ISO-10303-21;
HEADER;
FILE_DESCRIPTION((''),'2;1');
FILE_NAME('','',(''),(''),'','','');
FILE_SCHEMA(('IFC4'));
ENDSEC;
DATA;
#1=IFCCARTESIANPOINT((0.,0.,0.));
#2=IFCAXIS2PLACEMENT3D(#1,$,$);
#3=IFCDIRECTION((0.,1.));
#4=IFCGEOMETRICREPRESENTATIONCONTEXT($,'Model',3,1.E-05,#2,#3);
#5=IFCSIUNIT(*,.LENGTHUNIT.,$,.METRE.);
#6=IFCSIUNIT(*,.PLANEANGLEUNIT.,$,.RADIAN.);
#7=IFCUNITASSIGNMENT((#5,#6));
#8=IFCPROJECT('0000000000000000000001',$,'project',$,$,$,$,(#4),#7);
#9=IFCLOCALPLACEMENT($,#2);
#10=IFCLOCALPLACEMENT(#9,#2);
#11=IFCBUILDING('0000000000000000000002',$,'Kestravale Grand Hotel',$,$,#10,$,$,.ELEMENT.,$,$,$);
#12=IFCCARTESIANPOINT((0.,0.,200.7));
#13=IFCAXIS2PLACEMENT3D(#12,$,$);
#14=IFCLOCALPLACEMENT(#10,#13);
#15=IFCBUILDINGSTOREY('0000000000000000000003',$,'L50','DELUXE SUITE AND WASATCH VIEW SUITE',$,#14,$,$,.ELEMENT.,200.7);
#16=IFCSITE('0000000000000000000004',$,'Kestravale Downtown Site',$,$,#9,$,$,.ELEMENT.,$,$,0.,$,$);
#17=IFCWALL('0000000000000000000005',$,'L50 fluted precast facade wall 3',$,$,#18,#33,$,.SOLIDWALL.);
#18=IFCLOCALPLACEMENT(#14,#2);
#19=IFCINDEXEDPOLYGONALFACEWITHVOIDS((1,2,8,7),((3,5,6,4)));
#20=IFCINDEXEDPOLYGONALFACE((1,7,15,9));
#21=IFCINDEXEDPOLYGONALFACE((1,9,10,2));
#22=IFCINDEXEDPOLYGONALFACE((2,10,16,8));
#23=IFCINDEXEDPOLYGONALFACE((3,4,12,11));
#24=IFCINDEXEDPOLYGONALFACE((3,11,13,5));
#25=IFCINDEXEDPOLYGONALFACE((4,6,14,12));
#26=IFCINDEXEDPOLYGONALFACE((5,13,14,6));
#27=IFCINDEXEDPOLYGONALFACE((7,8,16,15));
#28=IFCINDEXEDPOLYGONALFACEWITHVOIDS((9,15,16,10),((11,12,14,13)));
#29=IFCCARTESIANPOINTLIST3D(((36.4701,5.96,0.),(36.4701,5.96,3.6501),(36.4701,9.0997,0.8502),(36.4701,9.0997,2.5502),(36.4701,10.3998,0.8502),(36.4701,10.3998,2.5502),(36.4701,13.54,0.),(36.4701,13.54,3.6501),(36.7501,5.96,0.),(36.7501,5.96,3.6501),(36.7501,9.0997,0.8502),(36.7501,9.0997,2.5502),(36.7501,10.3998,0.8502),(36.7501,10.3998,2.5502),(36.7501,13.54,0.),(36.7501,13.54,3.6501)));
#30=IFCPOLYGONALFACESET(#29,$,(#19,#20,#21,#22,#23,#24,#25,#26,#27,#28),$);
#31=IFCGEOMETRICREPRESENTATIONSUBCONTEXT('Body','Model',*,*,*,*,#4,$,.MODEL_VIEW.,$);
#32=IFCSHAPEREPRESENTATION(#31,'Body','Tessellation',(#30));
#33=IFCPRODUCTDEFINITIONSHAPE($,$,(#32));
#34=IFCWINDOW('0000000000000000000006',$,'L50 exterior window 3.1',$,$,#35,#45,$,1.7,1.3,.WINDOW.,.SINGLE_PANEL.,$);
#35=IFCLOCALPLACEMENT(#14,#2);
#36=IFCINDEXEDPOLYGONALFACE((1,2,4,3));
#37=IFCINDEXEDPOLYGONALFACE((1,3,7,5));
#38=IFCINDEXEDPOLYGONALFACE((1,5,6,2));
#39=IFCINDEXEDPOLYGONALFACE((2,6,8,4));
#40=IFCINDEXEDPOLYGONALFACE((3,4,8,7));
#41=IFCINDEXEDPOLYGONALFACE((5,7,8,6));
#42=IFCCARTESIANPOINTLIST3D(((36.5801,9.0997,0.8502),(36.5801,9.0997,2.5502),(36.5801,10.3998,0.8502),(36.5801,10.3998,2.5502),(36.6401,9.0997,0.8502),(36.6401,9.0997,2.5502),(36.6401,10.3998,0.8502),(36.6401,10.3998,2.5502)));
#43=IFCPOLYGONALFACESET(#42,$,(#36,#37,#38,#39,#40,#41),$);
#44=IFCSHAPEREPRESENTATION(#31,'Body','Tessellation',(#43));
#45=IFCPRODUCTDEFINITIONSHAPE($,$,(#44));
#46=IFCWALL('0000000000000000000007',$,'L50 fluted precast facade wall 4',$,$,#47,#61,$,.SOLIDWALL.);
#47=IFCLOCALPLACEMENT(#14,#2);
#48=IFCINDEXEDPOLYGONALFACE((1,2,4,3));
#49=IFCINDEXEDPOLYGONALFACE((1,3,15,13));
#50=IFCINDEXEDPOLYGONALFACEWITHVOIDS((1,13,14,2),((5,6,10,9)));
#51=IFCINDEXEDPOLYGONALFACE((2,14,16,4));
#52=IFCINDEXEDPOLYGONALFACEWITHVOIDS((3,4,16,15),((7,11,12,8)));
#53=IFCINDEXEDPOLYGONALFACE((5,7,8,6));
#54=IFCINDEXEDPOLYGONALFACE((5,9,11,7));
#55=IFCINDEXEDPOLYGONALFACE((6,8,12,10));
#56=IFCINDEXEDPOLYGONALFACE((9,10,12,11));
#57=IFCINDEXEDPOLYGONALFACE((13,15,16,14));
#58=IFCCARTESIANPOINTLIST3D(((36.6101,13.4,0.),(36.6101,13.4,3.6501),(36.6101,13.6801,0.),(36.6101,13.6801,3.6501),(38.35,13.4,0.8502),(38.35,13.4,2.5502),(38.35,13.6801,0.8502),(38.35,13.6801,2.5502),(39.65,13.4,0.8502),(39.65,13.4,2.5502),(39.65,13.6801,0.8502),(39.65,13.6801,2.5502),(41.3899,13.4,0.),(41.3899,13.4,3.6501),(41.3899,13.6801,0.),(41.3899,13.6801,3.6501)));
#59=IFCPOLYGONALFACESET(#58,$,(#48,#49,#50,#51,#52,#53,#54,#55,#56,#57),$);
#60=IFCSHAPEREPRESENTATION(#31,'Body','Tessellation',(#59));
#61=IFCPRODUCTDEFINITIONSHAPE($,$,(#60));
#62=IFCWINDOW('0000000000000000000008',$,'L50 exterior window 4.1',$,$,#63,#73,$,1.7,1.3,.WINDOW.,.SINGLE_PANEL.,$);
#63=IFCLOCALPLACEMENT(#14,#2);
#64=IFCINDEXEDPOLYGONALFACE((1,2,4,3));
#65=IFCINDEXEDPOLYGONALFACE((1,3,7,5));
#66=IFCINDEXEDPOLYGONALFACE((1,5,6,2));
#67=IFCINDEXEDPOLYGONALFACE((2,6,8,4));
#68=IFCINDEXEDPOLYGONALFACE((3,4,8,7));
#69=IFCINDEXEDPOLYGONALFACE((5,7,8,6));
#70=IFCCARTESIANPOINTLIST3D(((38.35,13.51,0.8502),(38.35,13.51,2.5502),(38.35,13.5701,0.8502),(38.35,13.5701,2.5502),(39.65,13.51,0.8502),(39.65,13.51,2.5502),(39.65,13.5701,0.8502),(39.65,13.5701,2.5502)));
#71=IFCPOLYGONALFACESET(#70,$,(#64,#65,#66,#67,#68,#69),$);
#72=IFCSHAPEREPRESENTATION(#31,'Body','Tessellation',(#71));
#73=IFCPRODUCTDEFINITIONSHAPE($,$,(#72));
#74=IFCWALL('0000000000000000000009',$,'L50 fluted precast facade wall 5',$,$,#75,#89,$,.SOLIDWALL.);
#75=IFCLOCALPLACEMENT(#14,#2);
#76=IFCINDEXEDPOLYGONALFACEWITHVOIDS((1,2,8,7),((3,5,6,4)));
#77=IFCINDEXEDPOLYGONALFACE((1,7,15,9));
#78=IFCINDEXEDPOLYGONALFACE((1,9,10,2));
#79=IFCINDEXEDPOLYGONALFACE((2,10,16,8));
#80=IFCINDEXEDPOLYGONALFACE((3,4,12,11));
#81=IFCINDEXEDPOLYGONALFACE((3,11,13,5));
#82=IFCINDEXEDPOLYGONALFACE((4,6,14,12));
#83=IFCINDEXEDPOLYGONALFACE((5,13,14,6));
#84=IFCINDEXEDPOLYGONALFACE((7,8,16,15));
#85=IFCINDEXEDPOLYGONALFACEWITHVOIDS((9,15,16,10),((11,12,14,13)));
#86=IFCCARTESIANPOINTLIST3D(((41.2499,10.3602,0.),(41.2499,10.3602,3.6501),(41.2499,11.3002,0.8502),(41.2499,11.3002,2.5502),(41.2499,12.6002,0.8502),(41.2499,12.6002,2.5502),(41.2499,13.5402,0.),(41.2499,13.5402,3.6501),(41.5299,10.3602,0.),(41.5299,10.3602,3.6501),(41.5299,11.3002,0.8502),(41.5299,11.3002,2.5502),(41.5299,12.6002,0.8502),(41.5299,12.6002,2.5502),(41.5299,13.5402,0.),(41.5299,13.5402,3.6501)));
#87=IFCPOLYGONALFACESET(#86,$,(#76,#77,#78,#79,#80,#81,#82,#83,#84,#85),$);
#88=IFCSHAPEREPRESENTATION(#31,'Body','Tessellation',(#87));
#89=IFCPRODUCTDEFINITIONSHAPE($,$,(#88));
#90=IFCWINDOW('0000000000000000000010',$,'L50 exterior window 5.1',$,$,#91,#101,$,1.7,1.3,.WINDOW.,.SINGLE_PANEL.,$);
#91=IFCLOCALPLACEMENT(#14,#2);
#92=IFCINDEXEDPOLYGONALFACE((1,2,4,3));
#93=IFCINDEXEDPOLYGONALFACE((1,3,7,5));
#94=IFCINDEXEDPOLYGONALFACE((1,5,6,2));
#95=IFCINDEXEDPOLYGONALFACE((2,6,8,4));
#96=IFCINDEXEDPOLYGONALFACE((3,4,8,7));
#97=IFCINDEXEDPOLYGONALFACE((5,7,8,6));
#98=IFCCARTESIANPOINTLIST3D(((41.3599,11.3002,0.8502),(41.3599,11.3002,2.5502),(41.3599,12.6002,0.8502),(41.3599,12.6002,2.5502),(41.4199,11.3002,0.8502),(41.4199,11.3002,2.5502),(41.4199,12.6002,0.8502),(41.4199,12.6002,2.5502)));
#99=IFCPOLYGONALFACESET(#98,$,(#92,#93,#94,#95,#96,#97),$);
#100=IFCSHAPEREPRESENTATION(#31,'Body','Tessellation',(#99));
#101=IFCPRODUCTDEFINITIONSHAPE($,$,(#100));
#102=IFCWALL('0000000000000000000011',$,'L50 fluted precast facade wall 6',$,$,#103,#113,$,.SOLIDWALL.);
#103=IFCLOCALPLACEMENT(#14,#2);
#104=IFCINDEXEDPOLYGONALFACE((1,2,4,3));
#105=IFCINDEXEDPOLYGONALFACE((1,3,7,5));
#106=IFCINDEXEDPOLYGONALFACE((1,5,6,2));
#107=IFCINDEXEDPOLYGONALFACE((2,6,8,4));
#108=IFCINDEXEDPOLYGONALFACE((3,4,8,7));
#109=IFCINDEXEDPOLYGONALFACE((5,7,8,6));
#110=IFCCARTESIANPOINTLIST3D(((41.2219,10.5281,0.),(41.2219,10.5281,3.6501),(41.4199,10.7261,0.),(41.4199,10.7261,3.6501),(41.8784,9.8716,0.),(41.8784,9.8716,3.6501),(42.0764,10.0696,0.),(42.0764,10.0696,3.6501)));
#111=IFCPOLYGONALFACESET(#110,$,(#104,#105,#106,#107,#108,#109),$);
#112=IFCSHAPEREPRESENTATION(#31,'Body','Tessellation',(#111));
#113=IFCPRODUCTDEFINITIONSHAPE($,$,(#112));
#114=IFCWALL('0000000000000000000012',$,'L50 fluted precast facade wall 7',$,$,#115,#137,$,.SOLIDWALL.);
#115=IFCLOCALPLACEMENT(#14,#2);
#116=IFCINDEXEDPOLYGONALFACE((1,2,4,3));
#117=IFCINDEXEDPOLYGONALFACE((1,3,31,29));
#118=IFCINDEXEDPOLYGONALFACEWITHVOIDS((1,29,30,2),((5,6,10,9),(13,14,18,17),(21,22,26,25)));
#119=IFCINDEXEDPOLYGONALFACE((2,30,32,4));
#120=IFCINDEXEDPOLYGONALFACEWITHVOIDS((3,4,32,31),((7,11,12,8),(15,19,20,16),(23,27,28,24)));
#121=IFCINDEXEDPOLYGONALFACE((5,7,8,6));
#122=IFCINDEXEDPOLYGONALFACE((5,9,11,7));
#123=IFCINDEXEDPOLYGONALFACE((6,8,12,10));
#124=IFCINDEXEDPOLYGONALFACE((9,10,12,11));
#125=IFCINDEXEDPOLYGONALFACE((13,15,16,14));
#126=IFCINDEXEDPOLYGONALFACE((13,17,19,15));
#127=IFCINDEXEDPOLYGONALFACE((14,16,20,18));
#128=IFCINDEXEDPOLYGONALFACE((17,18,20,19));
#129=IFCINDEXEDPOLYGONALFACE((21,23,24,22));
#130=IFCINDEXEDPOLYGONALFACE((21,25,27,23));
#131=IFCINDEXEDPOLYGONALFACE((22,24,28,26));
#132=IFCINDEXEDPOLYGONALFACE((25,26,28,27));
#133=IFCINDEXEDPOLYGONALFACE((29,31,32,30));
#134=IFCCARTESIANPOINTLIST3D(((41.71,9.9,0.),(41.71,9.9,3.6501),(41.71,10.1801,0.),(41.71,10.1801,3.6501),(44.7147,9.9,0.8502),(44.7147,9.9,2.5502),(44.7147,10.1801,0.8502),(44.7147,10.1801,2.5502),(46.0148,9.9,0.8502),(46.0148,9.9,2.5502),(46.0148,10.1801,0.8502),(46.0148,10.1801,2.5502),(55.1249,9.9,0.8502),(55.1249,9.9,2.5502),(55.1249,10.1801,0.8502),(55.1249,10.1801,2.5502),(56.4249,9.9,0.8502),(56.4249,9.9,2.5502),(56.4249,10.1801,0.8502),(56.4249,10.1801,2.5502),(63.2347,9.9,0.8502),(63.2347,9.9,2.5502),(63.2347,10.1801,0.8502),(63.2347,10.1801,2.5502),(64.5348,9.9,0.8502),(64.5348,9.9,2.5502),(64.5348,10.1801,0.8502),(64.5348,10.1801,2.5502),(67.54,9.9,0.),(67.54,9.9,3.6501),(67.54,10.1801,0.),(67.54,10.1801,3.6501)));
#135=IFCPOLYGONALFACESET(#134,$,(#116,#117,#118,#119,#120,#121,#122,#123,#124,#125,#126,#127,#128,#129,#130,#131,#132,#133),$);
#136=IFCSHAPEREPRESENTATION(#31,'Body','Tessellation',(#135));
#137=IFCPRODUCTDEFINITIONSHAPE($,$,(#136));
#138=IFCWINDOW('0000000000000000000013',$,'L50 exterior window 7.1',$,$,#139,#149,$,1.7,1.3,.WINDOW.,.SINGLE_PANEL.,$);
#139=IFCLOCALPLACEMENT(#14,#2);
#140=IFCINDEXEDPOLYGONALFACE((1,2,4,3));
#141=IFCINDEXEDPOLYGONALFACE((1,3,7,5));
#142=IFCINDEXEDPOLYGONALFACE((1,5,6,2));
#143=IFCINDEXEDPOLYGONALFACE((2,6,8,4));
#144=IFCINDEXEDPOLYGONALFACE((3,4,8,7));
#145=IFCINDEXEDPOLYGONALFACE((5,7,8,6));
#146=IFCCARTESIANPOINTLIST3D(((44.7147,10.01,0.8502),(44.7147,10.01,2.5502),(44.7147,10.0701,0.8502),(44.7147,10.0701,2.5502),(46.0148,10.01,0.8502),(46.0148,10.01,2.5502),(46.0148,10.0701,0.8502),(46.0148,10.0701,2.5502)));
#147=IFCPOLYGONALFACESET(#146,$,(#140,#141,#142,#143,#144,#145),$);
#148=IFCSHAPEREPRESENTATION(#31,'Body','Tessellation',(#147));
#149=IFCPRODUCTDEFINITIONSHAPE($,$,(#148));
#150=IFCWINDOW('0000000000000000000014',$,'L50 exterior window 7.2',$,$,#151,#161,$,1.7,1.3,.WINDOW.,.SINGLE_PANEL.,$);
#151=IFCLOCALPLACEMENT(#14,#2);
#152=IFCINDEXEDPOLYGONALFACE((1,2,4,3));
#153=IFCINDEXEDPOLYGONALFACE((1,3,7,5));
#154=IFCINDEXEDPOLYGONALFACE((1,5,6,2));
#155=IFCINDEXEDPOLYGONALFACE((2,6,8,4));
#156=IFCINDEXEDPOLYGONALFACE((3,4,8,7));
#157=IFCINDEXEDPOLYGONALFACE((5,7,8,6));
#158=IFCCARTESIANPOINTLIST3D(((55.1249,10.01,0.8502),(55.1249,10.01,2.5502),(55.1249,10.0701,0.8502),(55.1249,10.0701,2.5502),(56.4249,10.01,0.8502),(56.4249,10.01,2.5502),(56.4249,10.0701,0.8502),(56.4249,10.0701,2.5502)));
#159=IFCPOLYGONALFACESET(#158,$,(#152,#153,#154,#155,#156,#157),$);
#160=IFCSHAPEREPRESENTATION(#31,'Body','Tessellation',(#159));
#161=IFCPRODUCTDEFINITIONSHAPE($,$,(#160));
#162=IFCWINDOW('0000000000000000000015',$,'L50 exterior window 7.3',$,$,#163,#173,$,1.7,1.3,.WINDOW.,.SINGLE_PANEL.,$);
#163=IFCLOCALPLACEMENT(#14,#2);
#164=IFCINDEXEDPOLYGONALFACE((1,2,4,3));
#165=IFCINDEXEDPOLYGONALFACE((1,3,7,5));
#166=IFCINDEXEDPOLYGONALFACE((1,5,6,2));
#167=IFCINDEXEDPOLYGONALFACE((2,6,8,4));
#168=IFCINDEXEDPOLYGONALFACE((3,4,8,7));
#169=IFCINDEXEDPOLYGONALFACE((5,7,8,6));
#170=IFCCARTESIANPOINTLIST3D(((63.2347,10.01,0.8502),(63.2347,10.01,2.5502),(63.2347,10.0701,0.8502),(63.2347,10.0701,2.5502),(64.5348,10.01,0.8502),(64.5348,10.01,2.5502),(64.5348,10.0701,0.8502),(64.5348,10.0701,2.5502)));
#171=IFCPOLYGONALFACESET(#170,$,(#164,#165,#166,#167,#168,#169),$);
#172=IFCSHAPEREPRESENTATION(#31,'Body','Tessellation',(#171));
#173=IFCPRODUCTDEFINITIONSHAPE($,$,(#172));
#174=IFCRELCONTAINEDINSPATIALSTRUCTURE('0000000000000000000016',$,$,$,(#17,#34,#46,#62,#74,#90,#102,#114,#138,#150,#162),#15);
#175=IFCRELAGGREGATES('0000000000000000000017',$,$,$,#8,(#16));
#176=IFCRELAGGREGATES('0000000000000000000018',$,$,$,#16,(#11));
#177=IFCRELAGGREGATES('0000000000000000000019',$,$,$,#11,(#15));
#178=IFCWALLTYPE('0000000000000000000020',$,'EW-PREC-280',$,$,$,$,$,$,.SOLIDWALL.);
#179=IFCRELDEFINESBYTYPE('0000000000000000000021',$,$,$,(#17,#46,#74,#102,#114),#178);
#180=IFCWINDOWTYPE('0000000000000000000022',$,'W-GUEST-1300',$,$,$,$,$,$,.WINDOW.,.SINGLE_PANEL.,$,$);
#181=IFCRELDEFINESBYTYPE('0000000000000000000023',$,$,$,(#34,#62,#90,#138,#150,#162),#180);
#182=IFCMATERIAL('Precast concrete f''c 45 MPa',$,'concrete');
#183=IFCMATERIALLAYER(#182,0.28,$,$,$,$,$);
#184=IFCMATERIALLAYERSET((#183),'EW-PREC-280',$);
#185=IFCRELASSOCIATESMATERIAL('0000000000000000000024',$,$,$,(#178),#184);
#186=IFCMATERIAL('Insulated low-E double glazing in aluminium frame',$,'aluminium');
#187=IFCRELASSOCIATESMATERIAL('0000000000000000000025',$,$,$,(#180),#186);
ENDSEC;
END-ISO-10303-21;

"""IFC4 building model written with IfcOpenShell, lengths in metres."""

from ifc_helpers import new_model, si_unit, direction, frame, frame_2d, origin, place, context, subcontext, project, spatial, rectangle, extrude, material, layer, layer_set, type_object, element, fill, save


model = new_model("IFC4")

# Units and contexts
model_context = context("Model", 3, precision=1e-05, world=origin(), true_north=direction((0.0, 1.0)))
body_context = subcontext(model_context, "Body", "Model", "MODEL_VIEW")
ifc_project = project(units=[si_unit("LENGTHUNIT", "METRE"), si_unit("PLANEANGLEUNIT", "RADIAN")], contexts=[model_context])

# Site, building, storey
site_placement = place(None, origin())
site = spatial("IfcSite", under=ifc_project, at=site_placement, Name="Kestravale Downtown Site", CompositionType="ELEMENT", RefElevation=0.0)
building_placement = place(site_placement, origin())
building = spatial("IfcBuilding", under=site, at=building_placement, Name="Kestravale Grand Hotel", CompositionType="ELEMENT")
storey_placement = place(building_placement, frame((0.0, 0.0, 200.7)))
storey = spatial("IfcBuildingStorey", under=building, at=storey_placement, Name="L50", Description="DELUXE SUITE AND WASATCH VIEW SUITE", CompositionType="ELEMENT", Elevation=200.7)

# Shared definitions
ifc_material_1 = material(Name="Precast concrete f'c 45 MPa", Category="concrete")
ifc_layer_1 = layer(ifc_material_1, 0.28)
ifc_layer_set_1 = layer_set([ifc_layer_1], Name="EW-PREC-280")
wall_type_1 = type_object("IfcWallType", Name="EW-PREC-280", PredefinedType="SOLIDWALL", material=ifc_layer_set_1)

# Walls, openings, windows
wall_1_placement = place(storey_placement, frame((36.6101, 5.96, 0.0), z_axis=(0.0, 0.0, 1.0), x_axis=(0.0, 1.0, 0.0)))
wall_1 = element("IfcWall", 1, at=wall_1_placement, inside=storey, type_object=wall_type_1, Name="L50 fluted precast facade wall 3", PredefinedType="SOLIDWALL", context=body_context, shape_type="SweptSolid", body=[
    extrude(rectangle(XDim=7.5801, YDim=0.28, at=frame_2d((3.79, 0.0))), origin(), (0.0, 0.0, 1.0), 3.6501),
])
opening_1_placement = place(wall_1_placement, frame((3.1399, 0.0, 0.8501)))
opening_1 = element("IfcOpeningElement", 2, at=opening_1_placement, cuts=wall_1, PredefinedType="OPENING", context=body_context, shape_type="SweptSolid", body=[
    extrude(rectangle(XDim=1.3, YDim=1.7, at=frame_2d((0.6499, 0.8501))), frame((0.0, 0.1499, 0.0), z_axis=(0.0, -1.0, 0.0), x_axis=(1.0, 0.0, 0.0)), (0.0, 0.0, 1.0), 0.3),
])
ifc_material_2 = material(Name="Insulated low-E double glazing in aluminium frame", Category="aluminium")
window_type = type_object("IfcWindowType", Name="W-GUEST-1300", PartitioningType="SINGLE_PANEL", PredefinedType="WINDOW", material=ifc_material_2)
window_1_placement = place(opening_1_placement, origin())
window_1 = element("IfcWindow", 3, at=window_1_placement, inside=storey, type_object=window_type, Name="L50 exterior window 3.1", OverallHeight=1.7, OverallWidth=1.3, PartitioningType="SINGLE_PANEL", PredefinedType="WINDOW", context=body_context, shape_type="SweptSolid", body=[
    extrude(rectangle(XDim=1.3, YDim=1.7, at=frame_2d((0.6499, 0.8501))), frame((0.0, 0.03, 0.0), z_axis=(0.0, -1.0, 0.0), x_axis=(1.0, 0.0, 0.0)), (0.0, 0.0, 1.0), 0.0601),
])
fill(opening_1, window_1)
wall_2_placement = place(storey_placement, frame((36.6101, 13.54, 0.0), z_axis=(0.0, 0.0, 1.0), x_axis=(1.0, 0.0, 0.0)))
wall_2 = element("IfcWall", 4, at=wall_2_placement, inside=storey, type_object=wall_type_1, Name="L50 fluted precast facade wall 4", PredefinedType="SOLIDWALL", context=body_context, shape_type="SweptSolid", body=[
    extrude(rectangle(XDim=4.7798, YDim=0.28, at=frame_2d((2.3899, 0.0))), origin(), (0.0, 0.0, 1.0), 3.6501),
])
opening_2_placement = place(wall_2_placement, frame((1.74, 0.0, 0.8501)))
opening_2 = element("IfcOpeningElement", 5, at=opening_2_placement, cuts=wall_2, PredefinedType="OPENING", context=body_context, shape_type="SweptSolid", body=[
    extrude(rectangle(XDim=1.3, YDim=1.7, at=frame_2d((0.6499, 0.8501))), frame((0.0, 0.1499, 0.0), z_axis=(0.0, -1.0, 0.0), x_axis=(1.0, 0.0, 0.0)), (0.0, 0.0, 1.0), 0.3),
])
window_2_placement = place(opening_2_placement, origin())
window_2 = element("IfcWindow", 6, at=window_2_placement, inside=storey, type_object=window_type, Name="L50 exterior window 4.1", OverallHeight=1.7, OverallWidth=1.3, PartitioningType="SINGLE_PANEL", PredefinedType="WINDOW", context=body_context, shape_type="SweptSolid", body=[
    extrude(rectangle(XDim=1.3, YDim=1.7, at=frame_2d((0.6499, 0.8501))), frame((0.0, 0.03, 0.0), z_axis=(0.0, -1.0, 0.0), x_axis=(1.0, 0.0, 0.0)), (0.0, 0.0, 1.0), 0.0601),
])
fill(opening_2, window_2)
wall_3_placement = place(storey_placement, frame((41.3899, 13.54, 0.0), z_axis=(0.0, 0.0, 1.0), x_axis=(0.0, -1.0, 0.0)))
wall_3 = element("IfcWall", 7, at=wall_3_placement, inside=storey, type_object=wall_type_1, Name="L50 fluted precast facade wall 5", PredefinedType="SOLIDWALL", context=body_context, shape_type="SweptSolid", body=[
    extrude(rectangle(XDim=3.1799, YDim=0.28, at=frame_2d((1.5898, 0.0))), origin(), (0.0, 0.0, 1.0), 3.6501),
])
opening_3_placement = place(wall_3_placement, frame((0.9399, 0.0, 0.8501)))
opening_3 = element("IfcOpeningElement", 8, at=opening_3_placement, cuts=wall_3, PredefinedType="OPENING", context=body_context, shape_type="SweptSolid", body=[
    extrude(rectangle(XDim=1.3, YDim=1.7, at=frame_2d((0.6499, 0.8501))), frame((0.0, 0.1499, 0.0), z_axis=(0.0, -1.0, 0.0), x_axis=(1.0, 0.0, 0.0)), (0.0, 0.0, 1.0), 0.3),
])
window_3_placement = place(opening_3_placement, origin())
window_3 = element("IfcWindow", 9, at=window_3_placement, inside=storey, type_object=window_type, Name="L50 exterior window 5.1", OverallHeight=1.7, OverallWidth=1.3, PartitioningType="SINGLE_PANEL", PredefinedType="WINDOW", context=body_context, shape_type="SweptSolid", body=[
    extrude(rectangle(XDim=1.3, YDim=1.7, at=frame_2d((0.6499, 0.8501))), frame((0.0, 0.03, 0.0), z_axis=(0.0, -1.0, 0.0), x_axis=(1.0, 0.0, 0.0)), (0.0, 0.0, 1.0), 0.0601),
])
fill(opening_3, window_3)

# Wall
wall_4_placement = place(storey_placement, frame((41.3208, 10.6272, 0.0), z_axis=(0.0, 0.0, 1.0), x_axis=(0.707107, -0.707107, 0.0)))
element("IfcWall", 10, at=wall_4_placement, inside=storey, type_object=wall_type_1, Name="L50 fluted precast facade wall 6", PredefinedType="SOLIDWALL", context=body_context, shape_type="SweptSolid", body=[
    extrude(rectangle(XDim=0.9285, YDim=0.28, at=frame_2d((0.4644, 0.0))), origin(), (0.0, 0.0, 1.0), 3.6501),
])

# Wall, openings, windows
wall_5_placement = place(storey_placement, frame((41.71, 10.04, 0.0), z_axis=(0.0, 0.0, 1.0), x_axis=(1.0, 0.0, 0.0)))
wall_5 = element("IfcWall", 11, at=wall_5_placement, inside=storey, type_object=wall_type_1, Name="L50 fluted precast facade wall 7", PredefinedType="SOLIDWALL", context=body_context, shape_type="SweptSolid", body=[
    extrude(rectangle(XDim=25.8301, YDim=0.28, at=frame_2d((12.915, 0.0))), origin(), (0.0, 0.0, 1.0), 3.6501),
])
opening_4_placement = place(wall_5_placement, frame((3.0049, 0.0, 0.8501)))
opening_4 = element("IfcOpeningElement", 12, at=opening_4_placement, cuts=wall_5, PredefinedType="OPENING", context=body_context, shape_type="SweptSolid", body=[
    extrude(rectangle(XDim=1.3, YDim=1.7, at=frame_2d((0.6499, 0.8501))), frame((0.0, 0.1499, 0.0), z_axis=(0.0, -1.0, 0.0), x_axis=(1.0, 0.0, 0.0)), (0.0, 0.0, 1.0), 0.3),
])
opening_5_placement = place(wall_5_placement, frame((13.415, 0.0, 0.8501)))
opening_5 = element("IfcOpeningElement", 13, at=opening_5_placement, cuts=wall_5, PredefinedType="OPENING", context=body_context, shape_type="SweptSolid", body=[
    extrude(rectangle(XDim=1.3, YDim=1.7, at=frame_2d((0.6499, 0.8501))), frame((0.0, 0.1499, 0.0), z_axis=(0.0, -1.0, 0.0), x_axis=(1.0, 0.0, 0.0)), (0.0, 0.0, 1.0), 0.3),
])
opening_6_placement = place(wall_5_placement, frame((21.5249, 0.0, 0.8501)))
opening_6 = element("IfcOpeningElement", 14, at=opening_6_placement, cuts=wall_5, PredefinedType="OPENING", context=body_context, shape_type="SweptSolid", body=[
    extrude(rectangle(XDim=1.3, YDim=1.7, at=frame_2d((0.6499, 0.8501))), frame((0.0, 0.1499, 0.0), z_axis=(0.0, -1.0, 0.0), x_axis=(1.0, 0.0, 0.0)), (0.0, 0.0, 1.0), 0.3),
])
window_4_placement = place(opening_4_placement, origin())
window_4 = element("IfcWindow", 15, at=window_4_placement, inside=storey, type_object=window_type, Name="L50 exterior window 7.1", OverallHeight=1.7, OverallWidth=1.3, PartitioningType="SINGLE_PANEL", PredefinedType="WINDOW", context=body_context, shape_type="SweptSolid", body=[
    extrude(rectangle(XDim=1.3, YDim=1.7, at=frame_2d((0.6499, 0.8501))), frame((0.0, 0.03, 0.0), z_axis=(0.0, -1.0, 0.0), x_axis=(1.0, 0.0, 0.0)), (0.0, 0.0, 1.0), 0.0601),
])
fill(opening_4, window_4)
window_5_placement = place(opening_5_placement, origin())
window_5 = element("IfcWindow", 16, at=window_5_placement, inside=storey, type_object=window_type, Name="L50 exterior window 7.2", OverallHeight=1.7, OverallWidth=1.3, PartitioningType="SINGLE_PANEL", PredefinedType="WINDOW", context=body_context, shape_type="SweptSolid", body=[
    extrude(rectangle(XDim=1.3, YDim=1.7, at=frame_2d((0.6499, 0.8501))), frame((0.0, 0.03, 0.0), z_axis=(0.0, -1.0, 0.0), x_axis=(1.0, 0.0, 0.0)), (0.0, 0.0, 1.0), 0.0601),
])
fill(opening_5, window_5)
window_6_placement = place(opening_6_placement, origin())
window_6 = element("IfcWindow", 17, at=window_6_placement, inside=storey, type_object=window_type, Name="L50 exterior window 7.3", OverallHeight=1.7, OverallWidth=1.3, PartitioningType="SINGLE_PANEL", PredefinedType="WINDOW", context=body_context, shape_type="SweptSolid", body=[
    extrude(rectangle(XDim=1.3, YDim=1.7, at=frame_2d((0.6499, 0.8501))), frame((0.0, 0.03, 0.0), z_axis=(0.0, -1.0, 0.0), x_axis=(1.0, 0.0, 0.0)), (0.0, 0.0, 1.0), 0.0601),
])
fill(opening_6, window_6)

save(model, "model.ifc")
